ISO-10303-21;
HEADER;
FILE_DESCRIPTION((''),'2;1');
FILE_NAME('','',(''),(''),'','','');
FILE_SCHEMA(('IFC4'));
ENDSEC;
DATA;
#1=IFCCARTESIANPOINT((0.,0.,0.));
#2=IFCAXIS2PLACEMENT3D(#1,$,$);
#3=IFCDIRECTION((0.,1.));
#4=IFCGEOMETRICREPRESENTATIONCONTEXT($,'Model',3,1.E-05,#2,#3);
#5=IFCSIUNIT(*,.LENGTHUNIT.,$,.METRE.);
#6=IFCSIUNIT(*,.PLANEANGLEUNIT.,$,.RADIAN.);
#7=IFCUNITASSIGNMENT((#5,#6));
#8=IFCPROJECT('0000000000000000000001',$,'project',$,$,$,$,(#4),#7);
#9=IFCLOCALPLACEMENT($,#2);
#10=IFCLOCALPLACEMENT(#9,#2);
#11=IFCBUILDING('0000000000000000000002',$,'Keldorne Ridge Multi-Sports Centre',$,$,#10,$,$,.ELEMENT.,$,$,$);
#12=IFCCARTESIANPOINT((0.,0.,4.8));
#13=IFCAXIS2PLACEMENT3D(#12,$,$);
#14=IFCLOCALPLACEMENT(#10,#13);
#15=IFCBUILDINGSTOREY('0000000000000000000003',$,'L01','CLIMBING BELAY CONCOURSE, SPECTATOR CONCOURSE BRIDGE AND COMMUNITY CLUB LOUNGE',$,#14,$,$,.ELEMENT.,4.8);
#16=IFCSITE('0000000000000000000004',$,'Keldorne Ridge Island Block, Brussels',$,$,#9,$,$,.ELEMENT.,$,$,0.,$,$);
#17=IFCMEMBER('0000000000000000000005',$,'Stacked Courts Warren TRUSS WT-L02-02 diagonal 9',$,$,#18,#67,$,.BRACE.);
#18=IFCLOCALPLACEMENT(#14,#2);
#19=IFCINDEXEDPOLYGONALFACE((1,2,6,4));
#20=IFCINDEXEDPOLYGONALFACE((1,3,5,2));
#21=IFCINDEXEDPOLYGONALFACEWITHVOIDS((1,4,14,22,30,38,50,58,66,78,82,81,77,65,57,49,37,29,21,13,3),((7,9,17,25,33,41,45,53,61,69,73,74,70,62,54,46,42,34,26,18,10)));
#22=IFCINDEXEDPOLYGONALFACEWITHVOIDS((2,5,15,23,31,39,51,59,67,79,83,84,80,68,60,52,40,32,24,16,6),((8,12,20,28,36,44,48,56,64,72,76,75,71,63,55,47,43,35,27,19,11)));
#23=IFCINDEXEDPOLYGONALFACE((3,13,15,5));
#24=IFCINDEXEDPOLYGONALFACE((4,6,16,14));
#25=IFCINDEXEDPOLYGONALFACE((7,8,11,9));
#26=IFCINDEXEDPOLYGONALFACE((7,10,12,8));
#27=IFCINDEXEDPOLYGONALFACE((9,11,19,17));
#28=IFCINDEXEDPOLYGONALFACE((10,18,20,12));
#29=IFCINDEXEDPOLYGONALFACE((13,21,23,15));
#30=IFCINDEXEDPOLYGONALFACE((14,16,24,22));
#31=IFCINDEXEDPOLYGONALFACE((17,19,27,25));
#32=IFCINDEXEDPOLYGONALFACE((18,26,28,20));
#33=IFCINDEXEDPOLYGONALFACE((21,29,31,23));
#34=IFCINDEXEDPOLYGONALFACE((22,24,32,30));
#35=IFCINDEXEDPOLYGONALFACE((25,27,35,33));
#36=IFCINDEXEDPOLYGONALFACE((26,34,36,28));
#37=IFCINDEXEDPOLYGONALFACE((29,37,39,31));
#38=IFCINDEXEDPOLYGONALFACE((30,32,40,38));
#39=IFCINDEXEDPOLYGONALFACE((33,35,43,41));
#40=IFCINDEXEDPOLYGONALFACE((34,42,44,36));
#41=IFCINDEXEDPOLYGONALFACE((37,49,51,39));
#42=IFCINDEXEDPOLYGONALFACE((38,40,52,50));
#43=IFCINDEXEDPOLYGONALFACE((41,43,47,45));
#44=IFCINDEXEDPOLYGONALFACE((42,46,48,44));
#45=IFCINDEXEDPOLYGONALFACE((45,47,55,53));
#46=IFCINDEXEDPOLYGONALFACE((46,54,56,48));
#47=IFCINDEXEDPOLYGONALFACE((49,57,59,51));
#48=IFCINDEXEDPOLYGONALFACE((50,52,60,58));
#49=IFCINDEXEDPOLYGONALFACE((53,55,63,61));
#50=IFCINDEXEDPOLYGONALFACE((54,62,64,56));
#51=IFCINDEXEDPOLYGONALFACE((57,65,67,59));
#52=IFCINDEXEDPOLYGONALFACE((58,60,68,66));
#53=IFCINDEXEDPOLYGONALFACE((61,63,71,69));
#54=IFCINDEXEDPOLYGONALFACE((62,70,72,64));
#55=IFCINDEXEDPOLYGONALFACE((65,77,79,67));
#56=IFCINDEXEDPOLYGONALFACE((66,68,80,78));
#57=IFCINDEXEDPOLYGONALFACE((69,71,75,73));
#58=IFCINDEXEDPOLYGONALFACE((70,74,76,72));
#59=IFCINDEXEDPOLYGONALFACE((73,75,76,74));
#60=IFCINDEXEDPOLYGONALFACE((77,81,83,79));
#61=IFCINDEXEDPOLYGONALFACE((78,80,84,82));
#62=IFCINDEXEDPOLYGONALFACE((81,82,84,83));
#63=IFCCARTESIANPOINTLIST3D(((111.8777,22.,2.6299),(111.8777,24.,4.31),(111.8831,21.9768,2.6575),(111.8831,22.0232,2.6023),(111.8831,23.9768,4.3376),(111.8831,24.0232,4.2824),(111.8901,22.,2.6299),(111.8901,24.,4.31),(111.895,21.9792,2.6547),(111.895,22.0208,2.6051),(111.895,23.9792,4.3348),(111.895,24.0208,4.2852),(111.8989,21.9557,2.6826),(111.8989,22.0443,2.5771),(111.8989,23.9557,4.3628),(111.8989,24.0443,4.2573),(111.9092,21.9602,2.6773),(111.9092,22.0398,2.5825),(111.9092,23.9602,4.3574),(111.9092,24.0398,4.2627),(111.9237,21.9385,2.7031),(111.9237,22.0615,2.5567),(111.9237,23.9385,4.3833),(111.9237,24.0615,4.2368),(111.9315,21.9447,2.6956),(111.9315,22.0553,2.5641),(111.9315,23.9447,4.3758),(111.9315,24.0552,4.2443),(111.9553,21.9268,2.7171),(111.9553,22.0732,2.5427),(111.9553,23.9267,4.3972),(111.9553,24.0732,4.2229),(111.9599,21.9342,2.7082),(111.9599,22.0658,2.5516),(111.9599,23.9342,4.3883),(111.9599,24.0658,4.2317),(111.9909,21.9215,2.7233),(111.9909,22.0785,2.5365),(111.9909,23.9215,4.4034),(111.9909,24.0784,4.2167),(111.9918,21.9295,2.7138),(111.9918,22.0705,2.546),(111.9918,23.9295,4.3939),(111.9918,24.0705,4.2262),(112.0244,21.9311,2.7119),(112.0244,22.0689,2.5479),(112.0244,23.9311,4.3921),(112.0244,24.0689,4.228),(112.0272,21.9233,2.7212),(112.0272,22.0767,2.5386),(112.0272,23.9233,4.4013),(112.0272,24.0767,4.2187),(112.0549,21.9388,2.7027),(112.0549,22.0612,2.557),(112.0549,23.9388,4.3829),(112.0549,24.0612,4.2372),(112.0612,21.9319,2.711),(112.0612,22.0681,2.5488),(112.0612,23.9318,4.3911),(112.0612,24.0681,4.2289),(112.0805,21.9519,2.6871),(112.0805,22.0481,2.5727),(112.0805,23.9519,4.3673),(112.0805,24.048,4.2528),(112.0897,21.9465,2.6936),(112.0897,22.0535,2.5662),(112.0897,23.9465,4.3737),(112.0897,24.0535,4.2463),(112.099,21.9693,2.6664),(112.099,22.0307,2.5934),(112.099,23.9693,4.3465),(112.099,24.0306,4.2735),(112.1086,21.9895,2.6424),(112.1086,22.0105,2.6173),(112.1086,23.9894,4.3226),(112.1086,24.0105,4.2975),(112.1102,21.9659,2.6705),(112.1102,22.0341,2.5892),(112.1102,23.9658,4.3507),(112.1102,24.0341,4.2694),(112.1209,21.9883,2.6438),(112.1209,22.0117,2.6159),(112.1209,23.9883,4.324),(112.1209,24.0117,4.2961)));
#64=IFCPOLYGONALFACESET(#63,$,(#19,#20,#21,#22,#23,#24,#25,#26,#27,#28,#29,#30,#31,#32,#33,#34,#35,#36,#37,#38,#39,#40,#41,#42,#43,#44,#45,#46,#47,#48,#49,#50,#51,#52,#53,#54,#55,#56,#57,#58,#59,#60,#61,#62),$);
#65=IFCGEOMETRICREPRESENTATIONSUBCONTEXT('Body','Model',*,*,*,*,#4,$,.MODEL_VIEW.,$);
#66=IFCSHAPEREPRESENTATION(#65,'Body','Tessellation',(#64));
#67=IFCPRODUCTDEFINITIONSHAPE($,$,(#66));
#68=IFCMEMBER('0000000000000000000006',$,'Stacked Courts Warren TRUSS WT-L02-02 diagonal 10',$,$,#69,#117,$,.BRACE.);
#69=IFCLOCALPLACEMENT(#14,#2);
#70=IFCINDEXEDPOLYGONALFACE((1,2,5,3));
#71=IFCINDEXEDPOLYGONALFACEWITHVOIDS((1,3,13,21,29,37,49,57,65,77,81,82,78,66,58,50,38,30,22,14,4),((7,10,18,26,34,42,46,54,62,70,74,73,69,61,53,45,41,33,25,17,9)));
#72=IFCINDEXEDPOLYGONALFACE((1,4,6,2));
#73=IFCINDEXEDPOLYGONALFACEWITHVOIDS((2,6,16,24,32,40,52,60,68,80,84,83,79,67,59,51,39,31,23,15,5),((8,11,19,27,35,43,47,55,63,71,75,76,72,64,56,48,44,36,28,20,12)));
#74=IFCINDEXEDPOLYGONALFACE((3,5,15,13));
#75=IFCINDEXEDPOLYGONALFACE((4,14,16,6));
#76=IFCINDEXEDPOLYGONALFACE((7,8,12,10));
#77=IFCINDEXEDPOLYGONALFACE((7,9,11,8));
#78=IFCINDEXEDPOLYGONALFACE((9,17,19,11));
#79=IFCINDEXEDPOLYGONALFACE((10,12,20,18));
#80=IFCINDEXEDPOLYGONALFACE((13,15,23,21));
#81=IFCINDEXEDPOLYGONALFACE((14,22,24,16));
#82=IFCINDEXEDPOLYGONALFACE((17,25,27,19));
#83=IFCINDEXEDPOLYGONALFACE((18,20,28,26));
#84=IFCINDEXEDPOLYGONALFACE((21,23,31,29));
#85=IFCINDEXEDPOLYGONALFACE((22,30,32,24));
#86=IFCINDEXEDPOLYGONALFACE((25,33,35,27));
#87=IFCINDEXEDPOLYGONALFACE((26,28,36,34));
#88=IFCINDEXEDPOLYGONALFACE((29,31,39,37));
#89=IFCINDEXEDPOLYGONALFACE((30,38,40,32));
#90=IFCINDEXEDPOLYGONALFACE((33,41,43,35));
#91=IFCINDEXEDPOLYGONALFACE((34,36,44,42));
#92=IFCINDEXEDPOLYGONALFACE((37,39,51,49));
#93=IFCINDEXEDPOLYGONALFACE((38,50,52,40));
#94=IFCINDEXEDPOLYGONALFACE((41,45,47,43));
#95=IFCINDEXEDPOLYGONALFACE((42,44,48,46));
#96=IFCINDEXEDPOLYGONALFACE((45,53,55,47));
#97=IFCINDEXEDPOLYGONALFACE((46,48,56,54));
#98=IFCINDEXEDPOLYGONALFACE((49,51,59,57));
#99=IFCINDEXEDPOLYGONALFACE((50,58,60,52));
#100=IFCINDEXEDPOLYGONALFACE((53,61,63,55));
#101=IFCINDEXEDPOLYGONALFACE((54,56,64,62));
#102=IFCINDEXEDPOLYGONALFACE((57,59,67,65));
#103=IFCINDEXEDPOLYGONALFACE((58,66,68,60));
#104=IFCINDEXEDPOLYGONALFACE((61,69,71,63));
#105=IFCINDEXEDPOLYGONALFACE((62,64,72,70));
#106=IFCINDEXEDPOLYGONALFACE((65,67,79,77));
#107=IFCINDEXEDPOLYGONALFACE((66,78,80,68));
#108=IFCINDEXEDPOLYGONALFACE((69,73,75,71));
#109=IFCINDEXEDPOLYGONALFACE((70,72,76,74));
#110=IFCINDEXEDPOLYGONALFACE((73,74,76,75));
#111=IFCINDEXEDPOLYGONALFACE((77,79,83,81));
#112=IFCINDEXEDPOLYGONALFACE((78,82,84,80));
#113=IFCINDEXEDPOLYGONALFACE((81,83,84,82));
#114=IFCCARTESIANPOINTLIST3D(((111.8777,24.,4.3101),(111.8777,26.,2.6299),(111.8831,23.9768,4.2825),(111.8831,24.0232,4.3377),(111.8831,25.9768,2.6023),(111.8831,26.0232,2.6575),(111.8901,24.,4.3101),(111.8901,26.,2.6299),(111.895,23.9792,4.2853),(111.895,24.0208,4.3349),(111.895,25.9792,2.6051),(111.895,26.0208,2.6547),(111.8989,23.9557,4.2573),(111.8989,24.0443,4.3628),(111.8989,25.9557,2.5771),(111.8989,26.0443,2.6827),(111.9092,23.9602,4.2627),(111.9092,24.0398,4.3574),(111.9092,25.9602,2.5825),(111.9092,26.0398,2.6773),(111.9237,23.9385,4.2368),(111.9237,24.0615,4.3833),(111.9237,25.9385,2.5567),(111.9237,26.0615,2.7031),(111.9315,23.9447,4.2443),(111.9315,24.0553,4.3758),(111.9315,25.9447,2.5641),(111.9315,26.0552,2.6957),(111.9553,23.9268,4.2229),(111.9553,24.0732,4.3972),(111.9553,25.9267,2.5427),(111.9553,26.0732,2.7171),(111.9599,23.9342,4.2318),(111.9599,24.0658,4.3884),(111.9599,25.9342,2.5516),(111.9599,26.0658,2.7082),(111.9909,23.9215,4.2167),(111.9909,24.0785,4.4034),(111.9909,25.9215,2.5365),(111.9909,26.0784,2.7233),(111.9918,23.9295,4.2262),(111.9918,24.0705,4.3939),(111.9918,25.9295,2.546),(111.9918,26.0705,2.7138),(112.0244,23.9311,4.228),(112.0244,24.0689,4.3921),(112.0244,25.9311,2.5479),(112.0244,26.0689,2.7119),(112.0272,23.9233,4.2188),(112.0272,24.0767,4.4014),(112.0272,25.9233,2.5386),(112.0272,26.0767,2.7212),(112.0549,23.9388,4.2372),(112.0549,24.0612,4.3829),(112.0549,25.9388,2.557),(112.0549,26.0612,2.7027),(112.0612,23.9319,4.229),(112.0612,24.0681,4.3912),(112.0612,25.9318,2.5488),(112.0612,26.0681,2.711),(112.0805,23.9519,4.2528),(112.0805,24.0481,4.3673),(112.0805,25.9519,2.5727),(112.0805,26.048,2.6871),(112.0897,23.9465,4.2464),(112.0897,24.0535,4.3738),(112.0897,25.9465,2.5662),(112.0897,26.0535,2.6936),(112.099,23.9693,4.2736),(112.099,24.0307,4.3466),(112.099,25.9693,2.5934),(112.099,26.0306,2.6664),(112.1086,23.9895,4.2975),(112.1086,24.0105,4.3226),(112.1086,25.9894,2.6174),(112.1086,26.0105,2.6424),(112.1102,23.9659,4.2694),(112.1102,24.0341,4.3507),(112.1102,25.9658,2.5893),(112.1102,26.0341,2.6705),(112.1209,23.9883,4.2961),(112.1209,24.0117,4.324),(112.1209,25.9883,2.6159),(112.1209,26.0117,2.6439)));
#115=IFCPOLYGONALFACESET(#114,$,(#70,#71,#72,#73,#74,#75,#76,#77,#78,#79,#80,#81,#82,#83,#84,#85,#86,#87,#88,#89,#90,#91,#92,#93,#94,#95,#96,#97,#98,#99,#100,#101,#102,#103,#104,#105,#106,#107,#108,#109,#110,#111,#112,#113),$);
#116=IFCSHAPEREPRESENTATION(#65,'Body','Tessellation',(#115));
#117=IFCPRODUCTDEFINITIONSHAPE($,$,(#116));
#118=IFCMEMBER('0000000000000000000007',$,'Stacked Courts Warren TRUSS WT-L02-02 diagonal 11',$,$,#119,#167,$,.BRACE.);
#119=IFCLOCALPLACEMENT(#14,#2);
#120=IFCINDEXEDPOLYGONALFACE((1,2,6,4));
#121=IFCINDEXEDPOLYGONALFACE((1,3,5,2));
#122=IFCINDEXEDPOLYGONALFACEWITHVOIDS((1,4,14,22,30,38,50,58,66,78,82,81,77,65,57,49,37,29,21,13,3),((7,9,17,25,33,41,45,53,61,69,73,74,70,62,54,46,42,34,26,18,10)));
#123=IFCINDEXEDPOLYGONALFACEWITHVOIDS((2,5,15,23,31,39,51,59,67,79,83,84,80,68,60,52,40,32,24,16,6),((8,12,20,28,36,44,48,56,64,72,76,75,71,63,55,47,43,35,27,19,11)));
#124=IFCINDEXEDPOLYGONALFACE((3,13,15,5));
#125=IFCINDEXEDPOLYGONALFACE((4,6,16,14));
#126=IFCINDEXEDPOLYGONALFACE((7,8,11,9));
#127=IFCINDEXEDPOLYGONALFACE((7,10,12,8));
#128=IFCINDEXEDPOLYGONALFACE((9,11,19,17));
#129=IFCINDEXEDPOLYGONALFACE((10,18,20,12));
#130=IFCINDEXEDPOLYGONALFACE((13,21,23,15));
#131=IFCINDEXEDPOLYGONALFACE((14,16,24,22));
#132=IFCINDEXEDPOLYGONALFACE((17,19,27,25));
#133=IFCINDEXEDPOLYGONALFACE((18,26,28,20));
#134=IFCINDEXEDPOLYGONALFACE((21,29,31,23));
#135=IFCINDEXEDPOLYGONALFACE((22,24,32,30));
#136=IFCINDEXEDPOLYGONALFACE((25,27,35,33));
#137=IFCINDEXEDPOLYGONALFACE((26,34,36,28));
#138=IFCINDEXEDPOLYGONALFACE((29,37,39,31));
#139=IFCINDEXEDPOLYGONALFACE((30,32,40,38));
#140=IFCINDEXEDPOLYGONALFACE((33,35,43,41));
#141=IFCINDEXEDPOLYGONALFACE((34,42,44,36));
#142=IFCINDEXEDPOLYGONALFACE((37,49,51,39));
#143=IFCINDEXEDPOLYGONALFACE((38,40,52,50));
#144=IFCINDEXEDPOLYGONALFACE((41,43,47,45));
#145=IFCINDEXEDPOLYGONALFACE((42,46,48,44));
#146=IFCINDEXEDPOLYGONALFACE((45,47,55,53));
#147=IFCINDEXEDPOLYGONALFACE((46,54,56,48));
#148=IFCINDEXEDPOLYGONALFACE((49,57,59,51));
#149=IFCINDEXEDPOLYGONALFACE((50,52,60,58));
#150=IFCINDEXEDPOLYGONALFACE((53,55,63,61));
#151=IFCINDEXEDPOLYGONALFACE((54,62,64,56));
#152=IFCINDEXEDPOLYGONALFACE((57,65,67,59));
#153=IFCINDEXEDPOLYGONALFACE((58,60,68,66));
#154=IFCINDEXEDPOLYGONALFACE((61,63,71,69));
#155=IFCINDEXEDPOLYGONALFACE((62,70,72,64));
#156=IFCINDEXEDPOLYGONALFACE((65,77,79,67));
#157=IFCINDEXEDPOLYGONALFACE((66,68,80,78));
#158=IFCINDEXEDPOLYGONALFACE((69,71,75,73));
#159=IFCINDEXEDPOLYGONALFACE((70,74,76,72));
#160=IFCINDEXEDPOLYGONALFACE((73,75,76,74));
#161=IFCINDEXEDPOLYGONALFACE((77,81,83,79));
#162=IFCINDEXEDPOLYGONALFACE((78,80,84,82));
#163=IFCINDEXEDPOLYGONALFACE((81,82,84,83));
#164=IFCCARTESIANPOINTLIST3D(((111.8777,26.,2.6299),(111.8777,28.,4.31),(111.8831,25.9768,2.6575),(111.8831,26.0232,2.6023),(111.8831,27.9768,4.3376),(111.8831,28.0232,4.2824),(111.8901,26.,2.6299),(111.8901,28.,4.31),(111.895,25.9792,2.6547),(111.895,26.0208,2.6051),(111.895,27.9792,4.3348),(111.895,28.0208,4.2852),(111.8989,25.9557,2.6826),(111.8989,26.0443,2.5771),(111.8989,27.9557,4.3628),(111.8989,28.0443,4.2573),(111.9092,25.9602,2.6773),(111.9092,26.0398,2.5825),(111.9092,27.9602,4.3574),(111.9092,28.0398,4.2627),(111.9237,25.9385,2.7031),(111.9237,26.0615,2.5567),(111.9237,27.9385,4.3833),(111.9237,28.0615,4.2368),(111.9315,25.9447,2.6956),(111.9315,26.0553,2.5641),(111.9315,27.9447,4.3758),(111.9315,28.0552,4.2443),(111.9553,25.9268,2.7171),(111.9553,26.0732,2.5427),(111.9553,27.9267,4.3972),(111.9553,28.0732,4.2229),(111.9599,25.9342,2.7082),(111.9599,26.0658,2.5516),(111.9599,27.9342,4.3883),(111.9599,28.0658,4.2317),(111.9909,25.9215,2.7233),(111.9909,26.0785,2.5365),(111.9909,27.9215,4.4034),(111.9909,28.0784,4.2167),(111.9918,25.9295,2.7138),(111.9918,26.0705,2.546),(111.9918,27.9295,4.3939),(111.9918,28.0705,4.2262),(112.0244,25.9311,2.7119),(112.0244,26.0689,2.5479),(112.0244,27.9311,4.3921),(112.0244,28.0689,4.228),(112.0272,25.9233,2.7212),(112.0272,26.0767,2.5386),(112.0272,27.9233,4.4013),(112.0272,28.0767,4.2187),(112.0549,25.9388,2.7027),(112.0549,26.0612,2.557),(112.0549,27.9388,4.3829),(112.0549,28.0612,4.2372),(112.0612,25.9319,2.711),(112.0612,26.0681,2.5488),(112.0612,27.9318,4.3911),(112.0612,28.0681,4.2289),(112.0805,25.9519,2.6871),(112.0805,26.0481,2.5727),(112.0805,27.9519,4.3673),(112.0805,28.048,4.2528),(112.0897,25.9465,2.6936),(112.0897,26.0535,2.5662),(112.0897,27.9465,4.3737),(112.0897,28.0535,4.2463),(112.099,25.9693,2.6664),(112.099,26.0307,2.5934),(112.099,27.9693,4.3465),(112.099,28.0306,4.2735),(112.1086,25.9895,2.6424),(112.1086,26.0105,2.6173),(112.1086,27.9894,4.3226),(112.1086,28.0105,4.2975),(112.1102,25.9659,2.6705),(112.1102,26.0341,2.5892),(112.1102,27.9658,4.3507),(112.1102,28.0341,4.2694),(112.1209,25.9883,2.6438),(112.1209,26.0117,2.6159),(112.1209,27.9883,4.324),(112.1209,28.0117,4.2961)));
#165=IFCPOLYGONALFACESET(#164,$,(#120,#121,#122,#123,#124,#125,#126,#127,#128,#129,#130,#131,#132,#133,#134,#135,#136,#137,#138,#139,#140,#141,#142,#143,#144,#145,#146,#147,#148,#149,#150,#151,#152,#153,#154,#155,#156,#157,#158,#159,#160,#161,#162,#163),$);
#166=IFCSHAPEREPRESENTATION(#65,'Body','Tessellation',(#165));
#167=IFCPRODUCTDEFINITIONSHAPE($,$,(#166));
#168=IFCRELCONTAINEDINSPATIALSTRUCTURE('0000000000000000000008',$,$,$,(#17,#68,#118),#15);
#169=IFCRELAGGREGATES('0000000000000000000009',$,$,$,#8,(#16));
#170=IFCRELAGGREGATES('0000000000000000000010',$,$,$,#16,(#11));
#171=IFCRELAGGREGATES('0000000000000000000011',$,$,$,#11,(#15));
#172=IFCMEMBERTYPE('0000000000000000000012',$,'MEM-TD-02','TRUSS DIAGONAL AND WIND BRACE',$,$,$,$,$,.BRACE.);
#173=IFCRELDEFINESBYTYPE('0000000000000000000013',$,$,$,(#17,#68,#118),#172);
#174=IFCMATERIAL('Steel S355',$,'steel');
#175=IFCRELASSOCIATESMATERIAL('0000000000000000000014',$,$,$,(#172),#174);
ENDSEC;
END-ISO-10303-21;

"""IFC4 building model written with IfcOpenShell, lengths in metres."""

from ifc_helpers import new_model, si_unit, direction, frame, origin, origin_2d, place, context, subcontext, project, spatial, hollow_circle, extrude, material, material_profile, profile_set, type_object, element, save


model = new_model("IFC4")

# Units and contexts
model_context = context("Model", 3, precision=1e-05, world=origin(), true_north=direction((0.0, 1.0)))
body_context = subcontext(model_context, "Body", "Model", "MODEL_VIEW")
ifc_project = project(units=[si_unit("LENGTHUNIT", "METRE"), si_unit("PLANEANGLEUNIT", "RADIAN")], contexts=[model_context])

# Site, building, storey
site_placement = place(None, origin())
site = spatial("IfcSite", under=ifc_project, at=site_placement, Name="Keldorne Ridge Island Block, Brussels", CompositionType="ELEMENT", RefElevation=0.0)
building_placement = place(site_placement, origin())
building = spatial("IfcBuilding", under=site, at=building_placement, Name="Keldorne Ridge Multi-Sports Centre", CompositionType="ELEMENT")
storey_placement = place(building_placement, frame((0.0, 0.0, 4.8)))
storey = spatial("IfcBuildingStorey", under=building, at=storey_placement, Name="L01", Description="CLIMBING BELAY CONCOURSE, SPECTATOR CONCOURSE BRIDGE AND COMMUNITY CLUB LOUNGE", CompositionType="ELEMENT", Elevation=4.8)

# Members
ifc_material_1 = material(Name="Steel S355", Category="steel")
ifc_material_profile_1 = material_profile(ifc_material_1, hollow_circle(Radius=0.1223, WallThickness=0.0125, at=origin_2d()), Name="CHS 244.5x12.5")
ifc_profile_set_1 = profile_set([ifc_material_profile_1], Name="Steel S355")
member_type_1 = type_object("IfcMemberType", Name="MEM-TD-02", Description="TRUSS DIAGONAL AND WIND BRACE", PredefinedType="BRACE", material=ifc_profile_set_1)
for number, where, z_axis, x_axis, name in (
    (1, (112.0, 22.0, 2.6299), (0.0, 0.765672, 0.643232), (-1.0, 0.0, 0.0), "Stacked Courts Warren TRUSS WT-L02-02 diagonal 9"),
    (2, (112.0, 24.0, 4.3101), (0.0, 0.765672, -0.643232), (-1.0, 0.0, 0.0), "Stacked Courts Warren TRUSS WT-L02-02 diagonal 10"),
    (3, (112.0, 26.0, 2.6299), (0.0, 0.765672, 0.643232), (-1.0, 0.0, 0.0), "Stacked Courts Warren TRUSS WT-L02-02 diagonal 11"),
):
    element("IfcMember", number, at=place(storey_placement, frame(where, z_axis=z_axis, x_axis=x_axis)), inside=storey, type_object=member_type_1, Name=name, PredefinedType="BRACE", context=body_context, shape_type="SweptSolid", body=[
        extrude(hollow_circle(Radius=0.1223, WallThickness=0.0125, at=origin_2d()), origin(), (0.0, 0.0, 1.0), 2.6121),
    ])

save(model, "model.ifc")
